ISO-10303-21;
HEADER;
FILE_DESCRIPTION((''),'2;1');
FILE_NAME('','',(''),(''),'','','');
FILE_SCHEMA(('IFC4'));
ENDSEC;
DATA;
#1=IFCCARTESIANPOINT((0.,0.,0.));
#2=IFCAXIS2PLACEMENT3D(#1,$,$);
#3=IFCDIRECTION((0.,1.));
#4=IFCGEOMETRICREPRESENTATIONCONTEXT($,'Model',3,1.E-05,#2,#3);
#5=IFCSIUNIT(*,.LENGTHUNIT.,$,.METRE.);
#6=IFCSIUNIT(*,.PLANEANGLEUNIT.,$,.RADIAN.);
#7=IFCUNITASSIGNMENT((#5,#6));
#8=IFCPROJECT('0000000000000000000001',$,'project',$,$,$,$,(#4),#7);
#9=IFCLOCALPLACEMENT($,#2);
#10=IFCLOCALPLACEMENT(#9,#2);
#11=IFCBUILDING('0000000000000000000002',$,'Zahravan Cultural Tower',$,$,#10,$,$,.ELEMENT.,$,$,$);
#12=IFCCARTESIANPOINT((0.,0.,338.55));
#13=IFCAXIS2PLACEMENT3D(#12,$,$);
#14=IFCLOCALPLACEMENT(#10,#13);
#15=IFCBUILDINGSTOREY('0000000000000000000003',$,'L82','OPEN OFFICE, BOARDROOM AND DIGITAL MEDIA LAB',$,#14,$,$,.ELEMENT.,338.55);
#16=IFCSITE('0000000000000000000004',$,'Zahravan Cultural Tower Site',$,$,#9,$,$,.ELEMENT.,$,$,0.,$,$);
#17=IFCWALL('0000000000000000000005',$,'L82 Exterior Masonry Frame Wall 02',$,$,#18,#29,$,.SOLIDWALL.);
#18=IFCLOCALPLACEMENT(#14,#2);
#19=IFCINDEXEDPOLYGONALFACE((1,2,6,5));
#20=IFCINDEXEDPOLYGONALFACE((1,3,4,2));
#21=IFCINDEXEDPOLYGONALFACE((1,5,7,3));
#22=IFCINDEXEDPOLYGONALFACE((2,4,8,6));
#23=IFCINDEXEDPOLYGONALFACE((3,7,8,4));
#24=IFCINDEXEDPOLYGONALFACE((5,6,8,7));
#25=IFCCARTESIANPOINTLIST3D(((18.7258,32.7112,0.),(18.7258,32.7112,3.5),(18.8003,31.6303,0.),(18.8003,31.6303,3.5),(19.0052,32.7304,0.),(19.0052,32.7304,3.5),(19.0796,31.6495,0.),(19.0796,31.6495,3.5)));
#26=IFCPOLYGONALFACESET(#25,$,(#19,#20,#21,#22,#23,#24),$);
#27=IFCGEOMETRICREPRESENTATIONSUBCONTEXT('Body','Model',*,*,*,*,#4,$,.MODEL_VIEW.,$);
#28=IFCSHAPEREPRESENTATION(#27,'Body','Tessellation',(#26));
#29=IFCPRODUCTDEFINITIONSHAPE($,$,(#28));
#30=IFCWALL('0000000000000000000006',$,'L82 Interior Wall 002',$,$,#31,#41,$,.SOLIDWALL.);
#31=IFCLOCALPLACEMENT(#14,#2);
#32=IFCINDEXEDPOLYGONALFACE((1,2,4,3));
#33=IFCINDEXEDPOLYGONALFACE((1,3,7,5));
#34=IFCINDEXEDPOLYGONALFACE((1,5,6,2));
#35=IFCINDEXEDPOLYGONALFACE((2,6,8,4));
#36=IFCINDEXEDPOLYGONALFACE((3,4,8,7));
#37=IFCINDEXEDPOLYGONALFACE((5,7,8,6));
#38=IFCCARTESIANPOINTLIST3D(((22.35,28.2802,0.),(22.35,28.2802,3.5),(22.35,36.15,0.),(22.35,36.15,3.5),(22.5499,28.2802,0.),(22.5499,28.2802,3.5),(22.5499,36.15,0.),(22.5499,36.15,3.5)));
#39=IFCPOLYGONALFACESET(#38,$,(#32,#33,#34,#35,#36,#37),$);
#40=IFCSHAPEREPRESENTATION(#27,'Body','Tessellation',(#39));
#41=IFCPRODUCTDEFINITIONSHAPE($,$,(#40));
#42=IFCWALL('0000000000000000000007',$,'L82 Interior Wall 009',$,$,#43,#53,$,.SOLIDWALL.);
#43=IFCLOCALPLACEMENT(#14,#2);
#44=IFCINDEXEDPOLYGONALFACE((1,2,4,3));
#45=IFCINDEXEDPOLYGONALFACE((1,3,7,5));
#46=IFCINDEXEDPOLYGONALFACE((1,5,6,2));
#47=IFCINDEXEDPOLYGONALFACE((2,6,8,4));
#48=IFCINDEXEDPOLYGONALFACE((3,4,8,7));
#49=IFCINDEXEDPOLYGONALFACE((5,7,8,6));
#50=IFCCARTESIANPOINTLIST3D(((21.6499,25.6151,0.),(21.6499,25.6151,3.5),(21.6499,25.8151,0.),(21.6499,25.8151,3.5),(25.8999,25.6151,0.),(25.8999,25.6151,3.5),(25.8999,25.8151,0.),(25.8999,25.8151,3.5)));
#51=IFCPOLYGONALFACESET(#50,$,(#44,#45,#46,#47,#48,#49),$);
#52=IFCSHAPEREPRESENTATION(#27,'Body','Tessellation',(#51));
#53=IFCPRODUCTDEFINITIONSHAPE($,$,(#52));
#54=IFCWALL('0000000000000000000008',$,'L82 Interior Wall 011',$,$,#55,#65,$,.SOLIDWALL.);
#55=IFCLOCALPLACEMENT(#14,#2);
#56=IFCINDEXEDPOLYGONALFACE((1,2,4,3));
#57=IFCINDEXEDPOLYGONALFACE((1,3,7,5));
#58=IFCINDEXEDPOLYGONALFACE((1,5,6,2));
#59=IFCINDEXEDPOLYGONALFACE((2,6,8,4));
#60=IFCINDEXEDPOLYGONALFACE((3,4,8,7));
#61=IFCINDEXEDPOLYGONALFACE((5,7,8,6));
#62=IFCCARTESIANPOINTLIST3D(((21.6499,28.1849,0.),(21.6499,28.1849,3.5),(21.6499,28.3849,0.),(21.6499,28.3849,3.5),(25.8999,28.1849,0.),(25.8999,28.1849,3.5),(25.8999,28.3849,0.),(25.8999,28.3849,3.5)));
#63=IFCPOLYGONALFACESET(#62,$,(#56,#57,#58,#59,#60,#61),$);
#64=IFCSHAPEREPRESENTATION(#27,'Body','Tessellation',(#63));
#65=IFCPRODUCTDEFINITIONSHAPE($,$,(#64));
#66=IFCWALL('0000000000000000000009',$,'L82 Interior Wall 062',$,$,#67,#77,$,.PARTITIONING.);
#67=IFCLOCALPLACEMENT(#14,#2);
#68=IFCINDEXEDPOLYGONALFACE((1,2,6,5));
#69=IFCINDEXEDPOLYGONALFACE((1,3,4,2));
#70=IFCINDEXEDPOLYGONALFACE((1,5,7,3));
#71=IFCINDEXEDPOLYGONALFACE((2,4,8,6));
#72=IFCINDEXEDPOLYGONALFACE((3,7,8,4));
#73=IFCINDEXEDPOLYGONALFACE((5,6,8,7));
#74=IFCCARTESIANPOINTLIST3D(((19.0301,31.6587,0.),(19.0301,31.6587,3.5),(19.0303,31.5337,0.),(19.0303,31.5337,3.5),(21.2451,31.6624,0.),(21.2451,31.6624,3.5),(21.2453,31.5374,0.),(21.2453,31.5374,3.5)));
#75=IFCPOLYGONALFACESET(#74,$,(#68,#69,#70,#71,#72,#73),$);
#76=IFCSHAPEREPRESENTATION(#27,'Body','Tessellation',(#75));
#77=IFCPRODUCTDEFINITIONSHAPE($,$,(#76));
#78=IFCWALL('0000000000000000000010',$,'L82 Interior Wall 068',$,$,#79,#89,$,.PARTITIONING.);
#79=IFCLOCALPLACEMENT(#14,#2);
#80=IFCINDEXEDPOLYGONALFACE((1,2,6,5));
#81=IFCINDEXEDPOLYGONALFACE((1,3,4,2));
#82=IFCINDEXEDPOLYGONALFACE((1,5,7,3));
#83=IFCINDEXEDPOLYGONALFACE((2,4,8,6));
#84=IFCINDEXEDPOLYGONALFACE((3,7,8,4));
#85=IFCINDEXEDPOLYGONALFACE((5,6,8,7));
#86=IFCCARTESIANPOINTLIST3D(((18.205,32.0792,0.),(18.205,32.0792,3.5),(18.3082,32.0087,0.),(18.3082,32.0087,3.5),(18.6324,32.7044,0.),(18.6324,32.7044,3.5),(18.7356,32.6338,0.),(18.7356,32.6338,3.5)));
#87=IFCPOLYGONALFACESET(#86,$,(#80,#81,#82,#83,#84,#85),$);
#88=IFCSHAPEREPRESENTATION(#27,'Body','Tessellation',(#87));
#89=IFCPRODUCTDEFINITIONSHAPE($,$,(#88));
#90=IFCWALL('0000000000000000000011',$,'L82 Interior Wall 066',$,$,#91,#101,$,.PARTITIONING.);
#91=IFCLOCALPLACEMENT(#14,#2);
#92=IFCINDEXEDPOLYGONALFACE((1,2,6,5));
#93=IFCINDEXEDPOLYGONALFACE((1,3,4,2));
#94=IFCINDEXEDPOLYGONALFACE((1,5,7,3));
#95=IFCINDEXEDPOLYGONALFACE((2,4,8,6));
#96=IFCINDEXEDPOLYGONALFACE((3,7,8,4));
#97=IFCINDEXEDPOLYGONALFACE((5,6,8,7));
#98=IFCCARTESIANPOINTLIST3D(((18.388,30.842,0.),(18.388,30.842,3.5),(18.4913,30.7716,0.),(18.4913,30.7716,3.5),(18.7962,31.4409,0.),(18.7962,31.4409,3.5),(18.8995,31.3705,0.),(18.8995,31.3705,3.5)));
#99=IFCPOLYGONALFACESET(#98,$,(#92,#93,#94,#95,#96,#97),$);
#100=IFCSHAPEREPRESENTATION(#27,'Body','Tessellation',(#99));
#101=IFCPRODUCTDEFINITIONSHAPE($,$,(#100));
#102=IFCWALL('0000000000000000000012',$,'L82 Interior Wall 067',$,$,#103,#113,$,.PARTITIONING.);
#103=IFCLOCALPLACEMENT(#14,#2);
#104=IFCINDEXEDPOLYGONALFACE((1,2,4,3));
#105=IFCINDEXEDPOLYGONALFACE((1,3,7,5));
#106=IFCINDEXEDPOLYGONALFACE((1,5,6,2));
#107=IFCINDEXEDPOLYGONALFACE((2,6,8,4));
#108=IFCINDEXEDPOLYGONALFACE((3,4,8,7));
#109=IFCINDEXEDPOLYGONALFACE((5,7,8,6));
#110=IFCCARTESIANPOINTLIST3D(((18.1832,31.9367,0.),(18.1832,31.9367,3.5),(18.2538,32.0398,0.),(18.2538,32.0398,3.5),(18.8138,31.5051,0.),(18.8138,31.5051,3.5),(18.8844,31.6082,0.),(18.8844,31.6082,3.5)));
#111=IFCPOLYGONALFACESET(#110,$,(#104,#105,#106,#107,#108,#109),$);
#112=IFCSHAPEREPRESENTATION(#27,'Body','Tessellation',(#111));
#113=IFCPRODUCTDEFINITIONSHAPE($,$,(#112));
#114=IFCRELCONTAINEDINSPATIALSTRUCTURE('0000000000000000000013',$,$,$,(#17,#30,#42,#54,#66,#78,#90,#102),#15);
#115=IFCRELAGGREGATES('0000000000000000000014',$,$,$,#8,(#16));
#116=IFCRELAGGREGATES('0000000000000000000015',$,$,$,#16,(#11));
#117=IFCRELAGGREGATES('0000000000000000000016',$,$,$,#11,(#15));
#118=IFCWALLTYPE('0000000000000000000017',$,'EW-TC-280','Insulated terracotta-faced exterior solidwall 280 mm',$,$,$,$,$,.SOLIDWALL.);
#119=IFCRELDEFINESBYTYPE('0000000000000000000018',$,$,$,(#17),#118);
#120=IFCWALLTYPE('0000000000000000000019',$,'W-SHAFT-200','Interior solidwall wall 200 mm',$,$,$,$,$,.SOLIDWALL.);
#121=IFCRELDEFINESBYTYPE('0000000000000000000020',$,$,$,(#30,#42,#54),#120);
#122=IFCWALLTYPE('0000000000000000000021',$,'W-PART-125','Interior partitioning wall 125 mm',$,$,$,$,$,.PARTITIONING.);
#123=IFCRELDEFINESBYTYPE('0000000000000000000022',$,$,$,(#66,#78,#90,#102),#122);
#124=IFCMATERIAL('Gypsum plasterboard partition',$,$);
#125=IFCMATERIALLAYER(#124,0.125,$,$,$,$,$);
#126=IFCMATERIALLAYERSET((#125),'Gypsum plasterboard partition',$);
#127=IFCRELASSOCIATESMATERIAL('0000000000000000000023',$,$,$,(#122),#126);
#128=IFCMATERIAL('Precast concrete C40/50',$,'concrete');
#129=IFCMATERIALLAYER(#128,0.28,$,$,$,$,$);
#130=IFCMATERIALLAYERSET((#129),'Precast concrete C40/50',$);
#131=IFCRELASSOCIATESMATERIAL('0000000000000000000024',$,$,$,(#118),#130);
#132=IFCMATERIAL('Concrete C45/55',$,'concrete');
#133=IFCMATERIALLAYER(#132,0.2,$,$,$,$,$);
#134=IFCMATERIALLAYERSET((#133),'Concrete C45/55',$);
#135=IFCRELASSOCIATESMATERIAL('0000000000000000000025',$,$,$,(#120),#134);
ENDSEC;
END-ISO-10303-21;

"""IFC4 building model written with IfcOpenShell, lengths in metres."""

from ifc_helpers import new_model, si_unit, direction, frame, frame_2d, origin, place, context, subcontext, project, spatial, rectangle, extrude, source, transform, mapped, material, layer, layer_set, type_object, element, save


model = new_model("IFC4")

# Units and contexts
model_context = context("Model", 3, precision=1e-05, world=origin(), true_north=direction((0.0, 1.0)))
body_context = subcontext(model_context, "Body", "Model", "MODEL_VIEW")
ifc_project = project(units=[si_unit("LENGTHUNIT", "METRE"), si_unit("PLANEANGLEUNIT", "RADIAN")], contexts=[model_context])

# Site, building, storey
site_placement = place(None, origin())
site = spatial("IfcSite", under=ifc_project, at=site_placement, Name="Zahravan Cultural Tower Site", CompositionType="ELEMENT", RefElevation=0.0)
building_placement = place(site_placement, origin())
building = spatial("IfcBuilding", under=site, at=building_placement, Name="Zahravan Cultural Tower", CompositionType="ELEMENT")
storey_placement = place(building_placement, frame((0.0, 0.0, 338.55)))
storey = spatial("IfcBuildingStorey", under=building, at=storey_placement, Name="L82", Description="OPEN OFFICE, BOARDROOM AND DIGITAL MEDIA LAB", CompositionType="ELEMENT", Elevation=338.55)

# Shared definitions
ifc_material_1 = material(Name="Gypsum plasterboard partition")
ifc_layer_1 = layer(ifc_material_1, 0.125)
ifc_layer_set_1 = layer_set([ifc_layer_1], Name="Gypsum plasterboard partition")
wall_type_1 = type_object("IfcWallType", Name="W-PART-125", Description="Interior partitioning wall 125 mm", PredefinedType="PARTITIONING", material=ifc_layer_set_1)

# Walls
ifc_material_2 = material(Name="Precast concrete C40/50", Category="concrete")
ifc_layer_2 = layer(ifc_material_2, 0.28)
ifc_layer_set_2 = layer_set([ifc_layer_2], Name="Precast concrete C40/50")
wall_type_2 = type_object("IfcWallType", Name="EW-TC-280", Description="Insulated terracotta-faced exterior solidwall 280 mm", PredefinedType="SOLIDWALL", material=ifc_layer_set_2)
shared_shape_1 = source(origin(), body_context, "Body", "SweptSolid", [
    extrude(rectangle(XDim=1.0835, YDim=0.28, at=frame_2d((0.5417, 0.0))), origin(), (0.0, 0.0, 1.0), 3.5),
])
wall_1_placement = place(storey_placement, frame((18.9399, 31.6399, 0.0), z_axis=(0.0, 0.0, 1.0), x_axis=(-0.068717, 0.997636, 0.0)))
element("IfcWall", 1, at=wall_1_placement, inside=storey, type_object=wall_type_2, Name="L82 Exterior Masonry Frame Wall 02", PredefinedType="SOLIDWALL", context=body_context, shape_type="MappedRepresentation", body=[
    mapped(shared_shape_1, transform((0.0, 0.0, 0.0), x_axis=(1.0, 0.0, 0.0), y_axis=(0.0, 1.0, 0.0), z_axis=(0.0, 0.0, 1.0), scale=1.0)),
])
ifc_material_3 = material(Name="Concrete C45/55", Category="concrete")
ifc_layer_3 = layer(ifc_material_3, 0.2)
ifc_layer_set_3 = layer_set([ifc_layer_3], Name="Concrete C45/55")
wall_type_3 = type_object("IfcWallType", Name="W-SHAFT-200", Description="Interior solidwall wall 200 mm", PredefinedType="SOLIDWALL", material=ifc_layer_set_3)
shared_shape_2 = source(origin(), body_context, "Body", "SweptSolid", [
    extrude(rectangle(XDim=7.8699, YDim=0.2, at=frame_2d((3.9351, 0.0))), origin(), (0.0, 0.0, 1.0), 3.5),
])
wall_2_placement = place(storey_placement, frame((22.45, 28.28, 0.0), z_axis=(0.0, 0.0, 1.0), x_axis=(0.0, 1.0, 0.0)))
element("IfcWall", 2, at=wall_2_placement, inside=storey, type_object=wall_type_3, Name="L82 Interior Wall 002", PredefinedType="SOLIDWALL", context=body_context, shape_type="MappedRepresentation", body=[
    mapped(shared_shape_2, transform((0.0, 0.0, 0.0), x_axis=(1.0, 0.0, 0.0), y_axis=(0.0, 1.0, 0.0), z_axis=(0.0, 0.0, 1.0), scale=1.0)),
])
shared_shape_3 = source(origin(), body_context, "Body", "SweptSolid", [
    extrude(rectangle(XDim=4.25, YDim=0.2, at=frame_2d((2.125, 0.0))), origin(), (0.0, 0.0, 1.0), 3.5),
])
for number, where, z_axis, x_axis, name in (
    (3, (21.6499, 25.7151, 0.0), (0.0, 0.0, 1.0), (1.0, 0.0, 0.0), "L82 Interior Wall 009"),
    (4, (21.6499, 28.2849, 0.0), (0.0, 0.0, 1.0), (1.0, 0.0, 0.0), "L82 Interior Wall 011"),
):
    element("IfcWall", number, at=place(storey_placement, frame(where, z_axis=z_axis, x_axis=x_axis)), inside=storey, type_object=wall_type_3, Name=name, PredefinedType="SOLIDWALL", context=body_context, shape_type="MappedRepresentation", body=[
        mapped(shared_shape_3, transform((0.0, 0.0, 0.0), x_axis=(1.0, 0.0, 0.0), y_axis=(0.0, 1.0, 0.0), z_axis=(0.0, 0.0, 1.0), scale=1.0)),
    ])
shared_shape_4 = source(origin(), body_context, "Body", "SweptSolid", [
    extrude(rectangle(XDim=2.2151, YDim=0.125, at=frame_2d((1.1074, 0.0))), origin(), (0.0, 0.0, 1.0), 3.5),
])
wall_3_placement = place(storey_placement, frame((21.2451, 31.5999, 0.0), z_axis=(0.0, 0.0, 1.0), x_axis=(-0.999999, -0.001653, 0.0)))
element("IfcWall", 5, at=wall_3_placement, inside=storey, type_object=wall_type_1, Name="L82 Interior Wall 062", PredefinedType="PARTITIONING", context=body_context, shape_type="MappedRepresentation", body=[
    mapped(shared_shape_4, transform((0.0, 0.0, 0.0), x_axis=(1.0, 0.0, 0.0), y_axis=(0.0, 1.0, 0.0), z_axis=(0.0, 0.0, 1.0), scale=1.0)),
])
shared_shape_5 = source(origin(), body_context, "Body", "SweptSolid", [
    extrude(rectangle(XDim=0.7573, YDim=0.125, at=frame_2d((0.3787, 0.0))), origin(), (0.0, 0.0, 1.0), 3.5),
])
wall_4_placement = place(storey_placement, frame((18.2566, 32.0439, 0.0), z_axis=(0.0, 0.0, 1.0), x_axis=(0.564407, 0.825497, 0.0)))
element("IfcWall", 6, at=wall_4_placement, inside=storey, type_object=wall_type_1, Name="L82 Interior Wall 068", PredefinedType="PARTITIONING", context=body_context, shape_type="MappedRepresentation", body=[
    mapped(shared_shape_5, transform((0.0, 0.0, 0.0), x_axis=(1.0, 0.0, 0.0), y_axis=(0.0, 1.0, 0.0), z_axis=(0.0, 0.0, 1.0), scale=1.0)),
])
shared_shape_6 = source(origin(), body_context, "Body", "SweptSolid", [
    extrude(rectangle(XDim=0.7249, YDim=0.125, at=frame_2d((0.3623, 0.0))), origin(), (0.0, 0.0, 1.0), 3.5),
])
wall_5_placement = place(storey_placement, frame((18.4397, 30.8069, 0.0), z_axis=(0.0, 0.0, 1.0), x_axis=(0.563222, 0.826306, 0.0)))
element("IfcWall", 7, at=wall_5_placement, inside=storey, type_object=wall_type_1, Name="L82 Interior Wall 066", PredefinedType="PARTITIONING", context=body_context, shape_type="MappedRepresentation", body=[
    mapped(shared_shape_6, transform((0.0, 0.0, 0.0), x_axis=(1.0, 0.0, 0.0), y_axis=(0.0, 1.0, 0.0), z_axis=(0.0, 0.0, 1.0), scale=1.0)),
])
shared_shape_7 = source(origin(), body_context, "Body", "SweptSolid", [
    extrude(rectangle(XDim=0.7642, YDim=0.125, at=frame_2d((0.3821, 0.0))), origin(), (0.0, 0.0, 1.0), 3.5),
])
wall_6_placement = place(storey_placement, frame((18.8491, 31.5566, 0.0), z_axis=(0.0, 0.0, 1.0), x_axis=(-0.825205, 0.564833, 0.0)))
element("IfcWall", 8, at=wall_6_placement, inside=storey, type_object=wall_type_1, Name="L82 Interior Wall 067", PredefinedType="PARTITIONING", context=body_context, shape_type="MappedRepresentation", body=[
    mapped(shared_shape_7, transform((0.0, 0.0, 0.0), x_axis=(1.0, 0.0, 0.0), y_axis=(0.0, 1.0, 0.0), z_axis=(0.0, 0.0, 1.0), scale=1.0)),
])

save(model, "model.ifc")
